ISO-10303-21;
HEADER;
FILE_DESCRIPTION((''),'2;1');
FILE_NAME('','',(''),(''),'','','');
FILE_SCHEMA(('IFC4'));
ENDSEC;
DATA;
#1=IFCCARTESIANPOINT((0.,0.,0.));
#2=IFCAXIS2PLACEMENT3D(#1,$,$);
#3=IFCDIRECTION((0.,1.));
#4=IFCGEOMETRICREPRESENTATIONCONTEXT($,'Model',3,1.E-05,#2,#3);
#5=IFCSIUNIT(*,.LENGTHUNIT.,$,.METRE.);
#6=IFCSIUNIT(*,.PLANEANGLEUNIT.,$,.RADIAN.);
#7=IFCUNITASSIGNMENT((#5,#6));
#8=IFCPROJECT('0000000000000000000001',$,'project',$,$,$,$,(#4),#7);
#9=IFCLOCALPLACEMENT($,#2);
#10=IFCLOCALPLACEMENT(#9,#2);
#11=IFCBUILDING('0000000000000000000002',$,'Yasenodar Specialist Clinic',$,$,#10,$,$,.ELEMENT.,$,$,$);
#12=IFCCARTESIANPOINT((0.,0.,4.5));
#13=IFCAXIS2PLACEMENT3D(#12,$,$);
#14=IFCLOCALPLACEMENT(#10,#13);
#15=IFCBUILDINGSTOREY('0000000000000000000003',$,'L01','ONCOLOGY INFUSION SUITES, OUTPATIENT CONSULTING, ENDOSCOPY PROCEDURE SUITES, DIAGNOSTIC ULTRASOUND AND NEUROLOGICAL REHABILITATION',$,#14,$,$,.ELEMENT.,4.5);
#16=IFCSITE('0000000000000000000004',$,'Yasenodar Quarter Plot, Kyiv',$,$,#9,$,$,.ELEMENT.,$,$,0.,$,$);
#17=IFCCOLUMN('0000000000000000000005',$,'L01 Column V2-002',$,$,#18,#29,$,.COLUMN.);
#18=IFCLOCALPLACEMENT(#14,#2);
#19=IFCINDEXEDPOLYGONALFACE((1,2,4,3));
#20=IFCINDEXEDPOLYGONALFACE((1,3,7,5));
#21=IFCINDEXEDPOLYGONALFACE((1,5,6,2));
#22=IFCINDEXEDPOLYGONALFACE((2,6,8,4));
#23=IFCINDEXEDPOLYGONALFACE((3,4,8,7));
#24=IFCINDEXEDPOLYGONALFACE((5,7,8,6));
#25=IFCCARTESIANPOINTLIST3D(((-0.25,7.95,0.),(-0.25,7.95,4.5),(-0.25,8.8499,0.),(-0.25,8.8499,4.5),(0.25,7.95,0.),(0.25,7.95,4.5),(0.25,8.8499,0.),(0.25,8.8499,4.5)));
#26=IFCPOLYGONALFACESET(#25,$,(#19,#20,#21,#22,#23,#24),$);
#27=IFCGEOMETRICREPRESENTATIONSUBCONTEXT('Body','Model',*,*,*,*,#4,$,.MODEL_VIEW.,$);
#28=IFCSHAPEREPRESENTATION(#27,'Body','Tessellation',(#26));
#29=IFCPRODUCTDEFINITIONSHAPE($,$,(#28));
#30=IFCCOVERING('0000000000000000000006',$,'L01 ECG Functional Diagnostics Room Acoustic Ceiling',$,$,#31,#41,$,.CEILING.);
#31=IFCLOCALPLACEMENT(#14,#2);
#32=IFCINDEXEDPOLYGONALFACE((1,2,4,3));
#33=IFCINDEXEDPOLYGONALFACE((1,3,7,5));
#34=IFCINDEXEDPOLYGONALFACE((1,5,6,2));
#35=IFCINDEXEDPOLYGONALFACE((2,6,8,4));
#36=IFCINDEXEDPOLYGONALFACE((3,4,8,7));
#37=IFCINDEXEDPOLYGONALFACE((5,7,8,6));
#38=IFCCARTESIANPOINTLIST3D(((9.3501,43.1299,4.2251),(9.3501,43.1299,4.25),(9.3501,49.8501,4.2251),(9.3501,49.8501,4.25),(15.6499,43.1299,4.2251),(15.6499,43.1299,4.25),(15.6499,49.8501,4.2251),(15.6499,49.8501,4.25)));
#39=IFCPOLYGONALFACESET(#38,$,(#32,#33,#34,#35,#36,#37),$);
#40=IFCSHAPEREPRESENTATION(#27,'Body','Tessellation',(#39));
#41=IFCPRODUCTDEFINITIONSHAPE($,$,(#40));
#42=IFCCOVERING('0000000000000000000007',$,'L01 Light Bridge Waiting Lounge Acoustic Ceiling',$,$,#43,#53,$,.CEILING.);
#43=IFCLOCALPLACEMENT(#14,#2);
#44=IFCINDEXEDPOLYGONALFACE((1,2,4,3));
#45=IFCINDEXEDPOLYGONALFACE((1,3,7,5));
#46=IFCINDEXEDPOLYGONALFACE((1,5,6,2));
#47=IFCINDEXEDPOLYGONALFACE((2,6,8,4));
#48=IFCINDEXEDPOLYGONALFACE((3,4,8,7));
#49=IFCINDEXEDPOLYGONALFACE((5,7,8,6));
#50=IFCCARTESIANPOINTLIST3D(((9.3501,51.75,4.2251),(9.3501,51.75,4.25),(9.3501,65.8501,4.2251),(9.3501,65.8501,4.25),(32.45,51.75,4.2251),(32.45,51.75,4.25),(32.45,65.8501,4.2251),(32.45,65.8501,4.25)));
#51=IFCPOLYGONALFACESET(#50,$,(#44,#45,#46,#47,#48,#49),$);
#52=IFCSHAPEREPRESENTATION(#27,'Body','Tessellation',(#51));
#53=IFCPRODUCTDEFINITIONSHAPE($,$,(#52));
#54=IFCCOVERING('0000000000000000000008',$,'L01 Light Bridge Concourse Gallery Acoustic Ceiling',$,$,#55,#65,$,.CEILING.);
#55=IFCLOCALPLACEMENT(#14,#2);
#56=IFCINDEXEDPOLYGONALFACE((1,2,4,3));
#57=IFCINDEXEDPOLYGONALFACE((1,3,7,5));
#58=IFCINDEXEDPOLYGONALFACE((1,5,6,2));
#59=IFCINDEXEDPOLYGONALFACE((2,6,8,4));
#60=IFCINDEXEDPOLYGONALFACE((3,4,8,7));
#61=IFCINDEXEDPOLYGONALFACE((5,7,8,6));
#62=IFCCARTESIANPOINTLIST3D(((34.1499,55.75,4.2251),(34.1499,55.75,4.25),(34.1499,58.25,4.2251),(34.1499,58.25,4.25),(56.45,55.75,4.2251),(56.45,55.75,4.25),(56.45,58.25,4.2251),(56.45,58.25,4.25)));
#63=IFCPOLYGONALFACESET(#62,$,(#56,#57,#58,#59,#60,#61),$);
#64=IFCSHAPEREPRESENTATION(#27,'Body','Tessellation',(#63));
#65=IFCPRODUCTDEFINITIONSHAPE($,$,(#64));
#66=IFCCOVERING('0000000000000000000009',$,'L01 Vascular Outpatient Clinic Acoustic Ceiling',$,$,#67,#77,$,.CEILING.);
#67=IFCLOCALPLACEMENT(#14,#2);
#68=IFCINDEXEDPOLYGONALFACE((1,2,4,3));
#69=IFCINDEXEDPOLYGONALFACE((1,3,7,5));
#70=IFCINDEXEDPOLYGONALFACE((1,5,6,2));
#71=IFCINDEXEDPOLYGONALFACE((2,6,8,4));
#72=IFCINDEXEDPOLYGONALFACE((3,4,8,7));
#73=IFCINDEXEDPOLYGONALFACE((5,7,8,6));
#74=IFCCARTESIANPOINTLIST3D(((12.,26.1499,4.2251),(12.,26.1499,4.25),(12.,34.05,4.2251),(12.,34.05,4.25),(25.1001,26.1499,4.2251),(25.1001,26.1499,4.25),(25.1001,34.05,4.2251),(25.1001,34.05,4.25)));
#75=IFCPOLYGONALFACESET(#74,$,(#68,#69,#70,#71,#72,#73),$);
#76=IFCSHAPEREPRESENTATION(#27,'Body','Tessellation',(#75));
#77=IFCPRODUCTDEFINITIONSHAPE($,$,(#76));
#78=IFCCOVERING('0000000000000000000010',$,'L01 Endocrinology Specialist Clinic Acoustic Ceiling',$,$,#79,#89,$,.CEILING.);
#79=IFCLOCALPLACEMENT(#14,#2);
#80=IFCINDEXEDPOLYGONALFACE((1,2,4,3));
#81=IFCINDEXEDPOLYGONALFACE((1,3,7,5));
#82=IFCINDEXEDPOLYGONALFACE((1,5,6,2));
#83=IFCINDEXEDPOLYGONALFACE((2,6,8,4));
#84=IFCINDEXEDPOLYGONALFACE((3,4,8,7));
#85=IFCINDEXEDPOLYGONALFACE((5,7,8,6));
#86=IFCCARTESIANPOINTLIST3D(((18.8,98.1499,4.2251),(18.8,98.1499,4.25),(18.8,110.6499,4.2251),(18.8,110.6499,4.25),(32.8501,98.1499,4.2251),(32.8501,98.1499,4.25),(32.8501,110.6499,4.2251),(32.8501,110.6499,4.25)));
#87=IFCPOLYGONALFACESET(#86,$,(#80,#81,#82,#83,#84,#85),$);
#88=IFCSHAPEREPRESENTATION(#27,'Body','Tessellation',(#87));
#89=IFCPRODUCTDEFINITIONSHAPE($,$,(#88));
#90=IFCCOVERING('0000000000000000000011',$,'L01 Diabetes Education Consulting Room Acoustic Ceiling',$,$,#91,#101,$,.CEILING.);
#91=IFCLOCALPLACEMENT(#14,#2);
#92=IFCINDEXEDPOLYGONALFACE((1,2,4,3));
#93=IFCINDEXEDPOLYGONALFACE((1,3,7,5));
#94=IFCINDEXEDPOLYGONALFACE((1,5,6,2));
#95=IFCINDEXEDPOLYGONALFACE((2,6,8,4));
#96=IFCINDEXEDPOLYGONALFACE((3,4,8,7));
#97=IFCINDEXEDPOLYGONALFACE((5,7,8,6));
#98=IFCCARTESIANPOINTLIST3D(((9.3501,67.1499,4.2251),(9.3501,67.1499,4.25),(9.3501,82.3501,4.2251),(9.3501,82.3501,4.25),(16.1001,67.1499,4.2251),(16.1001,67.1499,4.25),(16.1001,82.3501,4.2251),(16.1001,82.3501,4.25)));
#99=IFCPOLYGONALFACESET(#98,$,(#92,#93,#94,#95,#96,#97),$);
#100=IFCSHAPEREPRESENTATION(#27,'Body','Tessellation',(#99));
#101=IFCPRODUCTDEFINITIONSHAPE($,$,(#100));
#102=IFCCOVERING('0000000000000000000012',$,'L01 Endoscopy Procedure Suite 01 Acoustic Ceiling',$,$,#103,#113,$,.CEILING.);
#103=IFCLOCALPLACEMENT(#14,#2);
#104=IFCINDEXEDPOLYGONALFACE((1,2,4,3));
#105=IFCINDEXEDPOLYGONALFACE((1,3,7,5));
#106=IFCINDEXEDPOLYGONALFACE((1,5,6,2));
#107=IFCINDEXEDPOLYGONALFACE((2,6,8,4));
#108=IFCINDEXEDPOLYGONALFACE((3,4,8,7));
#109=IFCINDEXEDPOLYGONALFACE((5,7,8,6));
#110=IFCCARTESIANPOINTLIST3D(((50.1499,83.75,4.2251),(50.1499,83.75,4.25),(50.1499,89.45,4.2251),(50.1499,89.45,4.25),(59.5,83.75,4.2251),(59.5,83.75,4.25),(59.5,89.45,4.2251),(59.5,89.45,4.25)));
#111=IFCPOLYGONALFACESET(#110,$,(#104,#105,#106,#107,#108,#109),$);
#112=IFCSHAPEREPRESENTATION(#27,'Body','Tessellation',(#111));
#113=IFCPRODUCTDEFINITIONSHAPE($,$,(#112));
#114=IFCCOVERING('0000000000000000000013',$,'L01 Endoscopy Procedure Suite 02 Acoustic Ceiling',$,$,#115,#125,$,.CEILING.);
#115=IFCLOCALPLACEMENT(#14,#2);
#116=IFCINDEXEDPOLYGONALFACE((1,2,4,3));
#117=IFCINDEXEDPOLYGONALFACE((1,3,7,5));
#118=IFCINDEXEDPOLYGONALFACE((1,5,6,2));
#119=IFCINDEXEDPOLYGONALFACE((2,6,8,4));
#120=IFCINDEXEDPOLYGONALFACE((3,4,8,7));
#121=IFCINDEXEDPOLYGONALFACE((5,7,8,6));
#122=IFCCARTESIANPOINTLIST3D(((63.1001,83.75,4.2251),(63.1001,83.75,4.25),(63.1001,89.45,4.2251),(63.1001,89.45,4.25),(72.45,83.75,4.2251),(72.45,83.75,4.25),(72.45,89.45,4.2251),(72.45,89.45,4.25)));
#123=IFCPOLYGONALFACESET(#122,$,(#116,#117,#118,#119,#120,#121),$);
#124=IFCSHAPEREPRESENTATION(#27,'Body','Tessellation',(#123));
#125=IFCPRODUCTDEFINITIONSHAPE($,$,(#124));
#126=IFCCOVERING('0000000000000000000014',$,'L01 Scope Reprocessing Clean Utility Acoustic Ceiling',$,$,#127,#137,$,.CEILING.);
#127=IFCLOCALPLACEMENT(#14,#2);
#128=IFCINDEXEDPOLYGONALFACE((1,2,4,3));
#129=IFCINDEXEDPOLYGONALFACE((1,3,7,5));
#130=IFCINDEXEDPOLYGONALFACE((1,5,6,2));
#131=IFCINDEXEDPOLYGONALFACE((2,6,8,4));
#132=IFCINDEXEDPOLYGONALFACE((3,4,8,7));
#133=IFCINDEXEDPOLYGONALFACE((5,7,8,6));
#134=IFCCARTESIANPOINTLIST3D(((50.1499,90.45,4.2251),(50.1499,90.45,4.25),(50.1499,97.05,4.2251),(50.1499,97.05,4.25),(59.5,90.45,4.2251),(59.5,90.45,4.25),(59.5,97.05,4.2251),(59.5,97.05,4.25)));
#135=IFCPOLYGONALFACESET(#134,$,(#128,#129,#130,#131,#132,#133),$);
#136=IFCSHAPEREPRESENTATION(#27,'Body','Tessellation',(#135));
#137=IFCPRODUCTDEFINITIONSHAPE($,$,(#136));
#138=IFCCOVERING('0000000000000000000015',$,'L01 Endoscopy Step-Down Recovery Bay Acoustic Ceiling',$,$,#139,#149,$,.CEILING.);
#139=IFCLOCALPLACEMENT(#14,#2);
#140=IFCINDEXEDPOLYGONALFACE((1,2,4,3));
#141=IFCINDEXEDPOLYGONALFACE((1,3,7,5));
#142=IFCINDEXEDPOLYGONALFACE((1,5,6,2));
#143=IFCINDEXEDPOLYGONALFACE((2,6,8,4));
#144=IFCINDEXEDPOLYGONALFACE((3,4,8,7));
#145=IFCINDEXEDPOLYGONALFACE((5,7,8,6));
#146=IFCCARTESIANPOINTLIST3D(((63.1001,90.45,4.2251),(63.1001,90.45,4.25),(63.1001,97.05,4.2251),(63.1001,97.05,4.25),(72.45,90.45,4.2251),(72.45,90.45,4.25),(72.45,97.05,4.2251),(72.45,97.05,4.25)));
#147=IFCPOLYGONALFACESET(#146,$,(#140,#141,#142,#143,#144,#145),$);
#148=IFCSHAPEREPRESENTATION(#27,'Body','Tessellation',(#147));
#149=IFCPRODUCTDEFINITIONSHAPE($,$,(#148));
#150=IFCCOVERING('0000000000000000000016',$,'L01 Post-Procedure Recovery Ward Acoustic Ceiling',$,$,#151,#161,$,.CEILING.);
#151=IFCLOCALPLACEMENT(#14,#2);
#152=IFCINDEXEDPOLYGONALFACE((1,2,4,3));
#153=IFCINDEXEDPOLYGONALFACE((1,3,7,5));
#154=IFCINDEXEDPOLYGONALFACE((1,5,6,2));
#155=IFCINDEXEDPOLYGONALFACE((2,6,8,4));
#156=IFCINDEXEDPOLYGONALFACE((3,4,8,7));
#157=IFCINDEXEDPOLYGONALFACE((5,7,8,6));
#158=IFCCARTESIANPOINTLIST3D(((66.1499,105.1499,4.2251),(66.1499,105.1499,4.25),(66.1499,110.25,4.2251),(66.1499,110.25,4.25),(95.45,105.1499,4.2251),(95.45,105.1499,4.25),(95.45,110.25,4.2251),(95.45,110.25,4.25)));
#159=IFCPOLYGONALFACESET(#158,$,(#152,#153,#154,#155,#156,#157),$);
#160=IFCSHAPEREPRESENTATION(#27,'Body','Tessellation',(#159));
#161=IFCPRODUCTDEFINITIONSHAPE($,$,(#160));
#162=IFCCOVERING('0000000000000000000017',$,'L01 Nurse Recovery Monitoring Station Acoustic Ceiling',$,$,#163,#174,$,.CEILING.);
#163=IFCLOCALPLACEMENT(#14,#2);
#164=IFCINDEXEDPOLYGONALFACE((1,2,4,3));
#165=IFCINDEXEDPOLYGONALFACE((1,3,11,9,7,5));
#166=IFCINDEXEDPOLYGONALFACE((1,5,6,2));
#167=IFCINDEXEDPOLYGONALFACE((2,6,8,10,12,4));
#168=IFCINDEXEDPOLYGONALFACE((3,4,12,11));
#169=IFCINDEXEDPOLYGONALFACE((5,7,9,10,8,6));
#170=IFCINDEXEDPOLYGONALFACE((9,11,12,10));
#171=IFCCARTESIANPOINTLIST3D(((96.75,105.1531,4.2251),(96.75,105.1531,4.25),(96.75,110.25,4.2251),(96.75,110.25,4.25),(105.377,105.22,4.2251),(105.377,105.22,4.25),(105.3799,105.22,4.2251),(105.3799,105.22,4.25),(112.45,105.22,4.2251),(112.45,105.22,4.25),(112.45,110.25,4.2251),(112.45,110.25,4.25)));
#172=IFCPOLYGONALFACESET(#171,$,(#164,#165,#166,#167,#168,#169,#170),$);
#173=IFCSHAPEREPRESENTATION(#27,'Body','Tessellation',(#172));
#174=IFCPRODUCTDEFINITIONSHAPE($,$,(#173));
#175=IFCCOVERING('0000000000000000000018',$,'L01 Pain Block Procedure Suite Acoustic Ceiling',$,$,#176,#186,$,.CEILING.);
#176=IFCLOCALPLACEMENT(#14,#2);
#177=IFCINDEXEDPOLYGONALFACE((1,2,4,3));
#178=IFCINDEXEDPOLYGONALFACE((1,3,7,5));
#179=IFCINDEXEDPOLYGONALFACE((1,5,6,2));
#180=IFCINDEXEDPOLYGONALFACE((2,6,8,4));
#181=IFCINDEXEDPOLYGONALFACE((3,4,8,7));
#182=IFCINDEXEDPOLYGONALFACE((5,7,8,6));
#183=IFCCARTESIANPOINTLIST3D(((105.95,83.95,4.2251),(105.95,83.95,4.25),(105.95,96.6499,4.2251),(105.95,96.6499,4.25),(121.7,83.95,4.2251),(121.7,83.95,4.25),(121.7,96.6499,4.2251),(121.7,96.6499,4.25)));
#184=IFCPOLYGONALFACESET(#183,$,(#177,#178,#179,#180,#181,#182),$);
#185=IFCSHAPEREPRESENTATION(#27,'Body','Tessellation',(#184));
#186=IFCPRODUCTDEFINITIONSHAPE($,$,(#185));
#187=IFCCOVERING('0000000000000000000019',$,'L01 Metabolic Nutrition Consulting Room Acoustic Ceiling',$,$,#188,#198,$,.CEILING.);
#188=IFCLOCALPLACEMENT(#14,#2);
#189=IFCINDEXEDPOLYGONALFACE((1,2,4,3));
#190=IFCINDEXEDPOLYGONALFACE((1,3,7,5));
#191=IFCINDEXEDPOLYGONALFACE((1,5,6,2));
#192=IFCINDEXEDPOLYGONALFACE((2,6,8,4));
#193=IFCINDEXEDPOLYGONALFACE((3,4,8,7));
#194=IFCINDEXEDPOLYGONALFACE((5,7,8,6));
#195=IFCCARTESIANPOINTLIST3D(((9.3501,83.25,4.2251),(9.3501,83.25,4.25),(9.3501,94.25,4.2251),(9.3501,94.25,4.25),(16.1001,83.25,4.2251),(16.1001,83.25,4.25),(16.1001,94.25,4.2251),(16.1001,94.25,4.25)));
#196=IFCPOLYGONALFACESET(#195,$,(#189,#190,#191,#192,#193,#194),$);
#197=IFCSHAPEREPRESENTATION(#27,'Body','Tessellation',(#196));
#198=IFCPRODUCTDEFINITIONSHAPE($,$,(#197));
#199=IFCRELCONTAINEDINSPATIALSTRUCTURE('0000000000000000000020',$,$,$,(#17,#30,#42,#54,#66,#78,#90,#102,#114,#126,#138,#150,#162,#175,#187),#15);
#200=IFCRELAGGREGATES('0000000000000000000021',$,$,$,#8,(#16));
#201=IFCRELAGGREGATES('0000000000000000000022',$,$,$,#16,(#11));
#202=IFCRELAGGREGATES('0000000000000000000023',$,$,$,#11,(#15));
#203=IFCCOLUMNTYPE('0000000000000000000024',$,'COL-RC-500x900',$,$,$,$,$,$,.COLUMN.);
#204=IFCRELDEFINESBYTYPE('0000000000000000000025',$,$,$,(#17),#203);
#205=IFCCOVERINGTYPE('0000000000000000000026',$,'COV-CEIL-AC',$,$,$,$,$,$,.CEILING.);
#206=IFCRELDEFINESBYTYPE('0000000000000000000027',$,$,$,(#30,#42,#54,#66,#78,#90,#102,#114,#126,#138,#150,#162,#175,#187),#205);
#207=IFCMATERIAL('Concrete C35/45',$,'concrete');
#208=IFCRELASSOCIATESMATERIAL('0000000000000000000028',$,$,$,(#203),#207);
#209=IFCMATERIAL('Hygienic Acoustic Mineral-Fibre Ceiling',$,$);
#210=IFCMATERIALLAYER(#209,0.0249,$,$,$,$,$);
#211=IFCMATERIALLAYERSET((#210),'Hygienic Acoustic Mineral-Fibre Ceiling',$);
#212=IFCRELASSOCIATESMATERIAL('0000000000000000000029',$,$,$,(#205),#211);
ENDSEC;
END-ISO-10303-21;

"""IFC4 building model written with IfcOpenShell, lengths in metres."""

from ifc_helpers import new_model, si_unit, direction, frame, origin, origin_2d, place, context, subcontext, project, spatial, polyline, rectangle, outline, extrude, material, layer, layer_set, material_profile, profile_set, type_object, element, save


model = new_model("IFC4")

# Units and contexts
model_context = context("Model", 3, precision=1e-05, world=origin(), true_north=direction((0.0, 1.0)))
body_context = subcontext(model_context, "Body", "Model", "MODEL_VIEW")
ifc_project = project(units=[si_unit("LENGTHUNIT", "METRE"), si_unit("PLANEANGLEUNIT", "RADIAN")], contexts=[model_context])

# Site, building, storey
site_placement = place(None, origin())
site = spatial("IfcSite", under=ifc_project, at=site_placement, Name="Yasenodar Quarter Plot, Kyiv", CompositionType="ELEMENT", RefElevation=0.0)
building_placement = place(site_placement, origin())
building = spatial("IfcBuilding", under=site, at=building_placement, Name="Yasenodar Specialist Clinic", CompositionType="ELEMENT")
storey_placement = place(building_placement, frame((0.0, 0.0, 4.5)))
storey = spatial("IfcBuildingStorey", under=building, at=storey_placement, Name="L01", Description="ONCOLOGY INFUSION SUITES, OUTPATIENT CONSULTING, ENDOSCOPY PROCEDURE SUITES, DIAGNOSTIC ULTRASOUND AND NEUROLOGICAL REHABILITATION", CompositionType="ELEMENT", Elevation=4.5)

# Column
ifc_material_1 = material(Name="Concrete C35/45", Category="concrete")
ifc_material_profile = material_profile(ifc_material_1, rectangle(XDim=0.5, YDim=0.8999, at=origin_2d()), Name="RC 500x900")
ifc_profile_set = profile_set([ifc_material_profile], Name="Concrete C35/45")
column_type = type_object("IfcColumnType", Name="COL-RC-500x900", PredefinedType="COLUMN", material=ifc_profile_set)
column_placement = place(storey_placement, frame((0.0, 8.3999, 0.0), z_axis=(0.0, 0.0, 1.0), x_axis=(1.0, 0.0, 0.0)))
element("IfcColumn", 1, at=column_placement, inside=storey, type_object=column_type, Name="L01 Column V2-002", PredefinedType="COLUMN", context=body_context, shape_type="SweptSolid", body=[
    extrude(rectangle(XDim=0.5, YDim=0.8999, at=origin_2d()), origin(), (0.0, 0.0, 1.0), 4.5),
])

# Coverings
ifc_material_2 = material(Name="Hygienic Acoustic Mineral-Fibre Ceiling")
ifc_layer_1 = layer(ifc_material_2, 0.0249)
ifc_layer_set_1 = layer_set([ifc_layer_1], Name="Hygienic Acoustic Mineral-Fibre Ceiling")
covering_type_1 = type_object("IfcCoveringType", Name="COV-CEIL-AC", PredefinedType="CEILING", material=ifc_layer_set_1)
covering_1_placement = place(storey_placement, frame((0.0, 0.0, 4.2251)))
element("IfcCovering", 2, at=covering_1_placement, inside=storey, type_object=covering_type_1, Name="L01 ECG Functional Diagnostics Room Acoustic Ceiling", PredefinedType="CEILING", context=body_context, shape_type="SweptSolid", body=[
    extrude(outline(polyline([(15.6499, 49.8501), (15.6499, 43.1299), (9.3501, 43.1299), (9.3501, 49.8501), (15.6499, 49.8501)])), origin(), (0.0, 0.0, 1.0), 0.0249),
])
covering_2_placement = place(storey_placement, frame((0.0, 0.0, 4.2251)))
element("IfcCovering", 3, at=covering_2_placement, inside=storey, type_object=covering_type_1, Name="L01 Light Bridge Waiting Lounge Acoustic Ceiling", PredefinedType="CEILING", context=body_context, shape_type="SweptSolid", body=[
    extrude(outline(polyline([(32.45, 51.75), (9.3501, 51.75), (9.3501, 65.8501), (32.45, 65.8501), (32.45, 51.75)])), origin(), (0.0, 0.0, 1.0), 0.0249),
])
covering_3_placement = place(storey_placement, frame((0.0, 0.0, 4.2251)))
element("IfcCovering", 4, at=covering_3_placement, inside=storey, type_object=covering_type_1, Name="L01 Light Bridge Concourse Gallery Acoustic Ceiling", PredefinedType="CEILING", context=body_context, shape_type="SweptSolid", body=[
    extrude(outline(polyline([(56.45, 55.75), (34.1499, 55.75), (34.1499, 58.25), (56.45, 58.25), (56.45, 55.75)])), origin(), (0.0, 0.0, 1.0), 0.0249),
])
covering_4_placement = place(storey_placement, frame((0.0, 0.0, 4.2251)))
element("IfcCovering", 5, at=covering_4_placement, inside=storey, type_object=covering_type_1, Name="L01 Vascular Outpatient Clinic Acoustic Ceiling", PredefinedType="CEILING", context=body_context, shape_type="SweptSolid", body=[
    extrude(outline(polyline([(12.0, 26.1499), (12.0, 34.05), (25.1001, 34.05), (25.1001, 26.1499), (12.0, 26.1499)])), origin(), (0.0, 0.0, 1.0), 0.0249),
])
covering_5_placement = place(storey_placement, frame((0.0, 0.0, 4.2251)))
element("IfcCovering", 6, at=covering_5_placement, inside=storey, type_object=covering_type_1, Name="L01 Endocrinology Specialist Clinic Acoustic Ceiling", PredefinedType="CEILING", context=body_context, shape_type="SweptSolid", body=[
    extrude(outline(polyline([(32.8501, 98.1499), (18.8, 98.1499), (18.8, 110.6499), (32.8501, 110.6499), (32.8501, 98.1499)])), origin(), (0.0, 0.0, 1.0), 0.0249),
])
covering_6_placement = place(storey_placement, frame((0.0, 0.0, 4.2251)))
element("IfcCovering", 7, at=covering_6_placement, inside=storey, type_object=covering_type_1, Name="L01 Diabetes Education Consulting Room Acoustic Ceiling", PredefinedType="CEILING", context=body_context, shape_type="SweptSolid", body=[
    extrude(outline(polyline([(16.1001, 82.3501), (16.1001, 67.1499), (9.3501, 67.1499), (9.3501, 82.3501), (16.1001, 82.3501)])), origin(), (0.0, 0.0, 1.0), 0.0249),
])
covering_7_placement = place(storey_placement, frame((0.0, 0.0, 4.2251)))
element("IfcCovering", 8, at=covering_7_placement, inside=storey, type_object=covering_type_1, Name="L01 Endoscopy Procedure Suite 01 Acoustic Ceiling", PredefinedType="CEILING", context=body_context, shape_type="SweptSolid", body=[
    extrude(outline(polyline([(59.5, 89.45), (59.5, 83.75), (50.1499, 83.75), (50.1499, 89.45), (59.5, 89.45)])), origin(), (0.0, 0.0, 1.0), 0.0249),
])
covering_8_placement = place(storey_placement, frame((0.0, 0.0, 4.2251)))
element("IfcCovering", 9, at=covering_8_placement, inside=storey, type_object=covering_type_1, Name="L01 Endoscopy Procedure Suite 02 Acoustic Ceiling", PredefinedType="CEILING", context=body_context, shape_type="SweptSolid", body=[
    extrude(outline(polyline([(72.45, 89.45), (72.45, 83.75), (63.1001, 83.75), (63.1001, 89.45), (72.45, 89.45)])), origin(), (0.0, 0.0, 1.0), 0.0249),
])
covering_9_placement = place(storey_placement, frame((0.0, 0.0, 4.2251)))
element("IfcCovering", 10, at=covering_9_placement, inside=storey, type_object=covering_type_1, Name="L01 Scope Reprocessing Clean Utility Acoustic Ceiling", PredefinedType="CEILING", context=body_context, shape_type="SweptSolid", body=[
    extrude(outline(polyline([(59.5, 97.05), (59.5, 90.45), (50.1499, 90.45), (50.1499, 97.05), (59.5, 97.05)])), origin(), (0.0, 0.0, 1.0), 0.0249),
])
covering_10_placement = place(storey_placement, frame((0.0, 0.0, 4.2251)))
element("IfcCovering", 11, at=covering_10_placement, inside=storey, type_object=covering_type_1, Name="L01 Endoscopy Step-Down Recovery Bay Acoustic Ceiling", PredefinedType="CEILING", context=body_context, shape_type="SweptSolid", body=[
    extrude(outline(polyline([(72.45, 97.05), (72.45, 90.45), (63.1001, 90.45), (63.1001, 97.05), (72.45, 97.05)])), origin(), (0.0, 0.0, 1.0), 0.0249),
])
covering_11_placement = place(storey_placement, frame((0.0, 0.0, 4.2251)))
element("IfcCovering", 12, at=covering_11_placement, inside=storey, type_object=covering_type_1, Name="L01 Post-Procedure Recovery Ward Acoustic Ceiling", PredefinedType="CEILING", context=body_context, shape_type="SweptSolid", body=[
    extrude(outline(polyline([(95.45, 105.1499), (66.1499, 105.1499), (66.1499, 110.25), (95.45, 110.25), (95.45, 105.1499)])), origin(), (0.0, 0.0, 1.0), 0.0249),
])
covering_12_placement = place(storey_placement, frame((0.0, 0.0, 4.2251)))
element("IfcCovering", 13, at=covering_12_placement, inside=storey, type_object=covering_type_1, Name="L01 Nurse Recovery Monitoring Station Acoustic Ceiling", PredefinedType="CEILING", context=body_context, shape_type="SweptSolid", body=[
    extrude(outline(polyline([(112.45, 110.25), (112.45, 105.22), (105.3799, 105.22), (105.377, 105.22), (96.75, 105.1531), (96.75, 110.25), (112.45, 110.25)])), origin(), (0.0, 0.0, 1.0), 0.0249),
])
covering_13_placement = place(storey_placement, frame((0.0, 0.0, 4.2251)))
element("IfcCovering", 14, at=covering_13_placement, inside=storey, type_object=covering_type_1, Name="L01 Pain Block Procedure Suite Acoustic Ceiling", PredefinedType="CEILING", context=body_context, shape_type="SweptSolid", body=[
    extrude(outline(polyline([(105.95, 83.95), (105.95, 96.6499), (121.7, 96.6499), (121.7, 83.95), (105.95, 83.95)])), origin(), (0.0, 0.0, 1.0), 0.0249),
])
covering_14_placement = place(storey_placement, frame((0.0, 0.0, 4.2251)))
element("IfcCovering", 15, at=covering_14_placement, inside=storey, type_object=covering_type_1, Name="L01 Metabolic Nutrition Consulting Room Acoustic Ceiling", PredefinedType="CEILING", context=body_context, shape_type="SweptSolid", body=[
    extrude(outline(polyline([(16.1001, 94.25), (16.1001, 83.25), (9.3501, 83.25), (9.3501, 94.25), (16.1001, 94.25)])), origin(), (0.0, 0.0, 1.0), 0.0249),
])

save(model, "model.ifc")
